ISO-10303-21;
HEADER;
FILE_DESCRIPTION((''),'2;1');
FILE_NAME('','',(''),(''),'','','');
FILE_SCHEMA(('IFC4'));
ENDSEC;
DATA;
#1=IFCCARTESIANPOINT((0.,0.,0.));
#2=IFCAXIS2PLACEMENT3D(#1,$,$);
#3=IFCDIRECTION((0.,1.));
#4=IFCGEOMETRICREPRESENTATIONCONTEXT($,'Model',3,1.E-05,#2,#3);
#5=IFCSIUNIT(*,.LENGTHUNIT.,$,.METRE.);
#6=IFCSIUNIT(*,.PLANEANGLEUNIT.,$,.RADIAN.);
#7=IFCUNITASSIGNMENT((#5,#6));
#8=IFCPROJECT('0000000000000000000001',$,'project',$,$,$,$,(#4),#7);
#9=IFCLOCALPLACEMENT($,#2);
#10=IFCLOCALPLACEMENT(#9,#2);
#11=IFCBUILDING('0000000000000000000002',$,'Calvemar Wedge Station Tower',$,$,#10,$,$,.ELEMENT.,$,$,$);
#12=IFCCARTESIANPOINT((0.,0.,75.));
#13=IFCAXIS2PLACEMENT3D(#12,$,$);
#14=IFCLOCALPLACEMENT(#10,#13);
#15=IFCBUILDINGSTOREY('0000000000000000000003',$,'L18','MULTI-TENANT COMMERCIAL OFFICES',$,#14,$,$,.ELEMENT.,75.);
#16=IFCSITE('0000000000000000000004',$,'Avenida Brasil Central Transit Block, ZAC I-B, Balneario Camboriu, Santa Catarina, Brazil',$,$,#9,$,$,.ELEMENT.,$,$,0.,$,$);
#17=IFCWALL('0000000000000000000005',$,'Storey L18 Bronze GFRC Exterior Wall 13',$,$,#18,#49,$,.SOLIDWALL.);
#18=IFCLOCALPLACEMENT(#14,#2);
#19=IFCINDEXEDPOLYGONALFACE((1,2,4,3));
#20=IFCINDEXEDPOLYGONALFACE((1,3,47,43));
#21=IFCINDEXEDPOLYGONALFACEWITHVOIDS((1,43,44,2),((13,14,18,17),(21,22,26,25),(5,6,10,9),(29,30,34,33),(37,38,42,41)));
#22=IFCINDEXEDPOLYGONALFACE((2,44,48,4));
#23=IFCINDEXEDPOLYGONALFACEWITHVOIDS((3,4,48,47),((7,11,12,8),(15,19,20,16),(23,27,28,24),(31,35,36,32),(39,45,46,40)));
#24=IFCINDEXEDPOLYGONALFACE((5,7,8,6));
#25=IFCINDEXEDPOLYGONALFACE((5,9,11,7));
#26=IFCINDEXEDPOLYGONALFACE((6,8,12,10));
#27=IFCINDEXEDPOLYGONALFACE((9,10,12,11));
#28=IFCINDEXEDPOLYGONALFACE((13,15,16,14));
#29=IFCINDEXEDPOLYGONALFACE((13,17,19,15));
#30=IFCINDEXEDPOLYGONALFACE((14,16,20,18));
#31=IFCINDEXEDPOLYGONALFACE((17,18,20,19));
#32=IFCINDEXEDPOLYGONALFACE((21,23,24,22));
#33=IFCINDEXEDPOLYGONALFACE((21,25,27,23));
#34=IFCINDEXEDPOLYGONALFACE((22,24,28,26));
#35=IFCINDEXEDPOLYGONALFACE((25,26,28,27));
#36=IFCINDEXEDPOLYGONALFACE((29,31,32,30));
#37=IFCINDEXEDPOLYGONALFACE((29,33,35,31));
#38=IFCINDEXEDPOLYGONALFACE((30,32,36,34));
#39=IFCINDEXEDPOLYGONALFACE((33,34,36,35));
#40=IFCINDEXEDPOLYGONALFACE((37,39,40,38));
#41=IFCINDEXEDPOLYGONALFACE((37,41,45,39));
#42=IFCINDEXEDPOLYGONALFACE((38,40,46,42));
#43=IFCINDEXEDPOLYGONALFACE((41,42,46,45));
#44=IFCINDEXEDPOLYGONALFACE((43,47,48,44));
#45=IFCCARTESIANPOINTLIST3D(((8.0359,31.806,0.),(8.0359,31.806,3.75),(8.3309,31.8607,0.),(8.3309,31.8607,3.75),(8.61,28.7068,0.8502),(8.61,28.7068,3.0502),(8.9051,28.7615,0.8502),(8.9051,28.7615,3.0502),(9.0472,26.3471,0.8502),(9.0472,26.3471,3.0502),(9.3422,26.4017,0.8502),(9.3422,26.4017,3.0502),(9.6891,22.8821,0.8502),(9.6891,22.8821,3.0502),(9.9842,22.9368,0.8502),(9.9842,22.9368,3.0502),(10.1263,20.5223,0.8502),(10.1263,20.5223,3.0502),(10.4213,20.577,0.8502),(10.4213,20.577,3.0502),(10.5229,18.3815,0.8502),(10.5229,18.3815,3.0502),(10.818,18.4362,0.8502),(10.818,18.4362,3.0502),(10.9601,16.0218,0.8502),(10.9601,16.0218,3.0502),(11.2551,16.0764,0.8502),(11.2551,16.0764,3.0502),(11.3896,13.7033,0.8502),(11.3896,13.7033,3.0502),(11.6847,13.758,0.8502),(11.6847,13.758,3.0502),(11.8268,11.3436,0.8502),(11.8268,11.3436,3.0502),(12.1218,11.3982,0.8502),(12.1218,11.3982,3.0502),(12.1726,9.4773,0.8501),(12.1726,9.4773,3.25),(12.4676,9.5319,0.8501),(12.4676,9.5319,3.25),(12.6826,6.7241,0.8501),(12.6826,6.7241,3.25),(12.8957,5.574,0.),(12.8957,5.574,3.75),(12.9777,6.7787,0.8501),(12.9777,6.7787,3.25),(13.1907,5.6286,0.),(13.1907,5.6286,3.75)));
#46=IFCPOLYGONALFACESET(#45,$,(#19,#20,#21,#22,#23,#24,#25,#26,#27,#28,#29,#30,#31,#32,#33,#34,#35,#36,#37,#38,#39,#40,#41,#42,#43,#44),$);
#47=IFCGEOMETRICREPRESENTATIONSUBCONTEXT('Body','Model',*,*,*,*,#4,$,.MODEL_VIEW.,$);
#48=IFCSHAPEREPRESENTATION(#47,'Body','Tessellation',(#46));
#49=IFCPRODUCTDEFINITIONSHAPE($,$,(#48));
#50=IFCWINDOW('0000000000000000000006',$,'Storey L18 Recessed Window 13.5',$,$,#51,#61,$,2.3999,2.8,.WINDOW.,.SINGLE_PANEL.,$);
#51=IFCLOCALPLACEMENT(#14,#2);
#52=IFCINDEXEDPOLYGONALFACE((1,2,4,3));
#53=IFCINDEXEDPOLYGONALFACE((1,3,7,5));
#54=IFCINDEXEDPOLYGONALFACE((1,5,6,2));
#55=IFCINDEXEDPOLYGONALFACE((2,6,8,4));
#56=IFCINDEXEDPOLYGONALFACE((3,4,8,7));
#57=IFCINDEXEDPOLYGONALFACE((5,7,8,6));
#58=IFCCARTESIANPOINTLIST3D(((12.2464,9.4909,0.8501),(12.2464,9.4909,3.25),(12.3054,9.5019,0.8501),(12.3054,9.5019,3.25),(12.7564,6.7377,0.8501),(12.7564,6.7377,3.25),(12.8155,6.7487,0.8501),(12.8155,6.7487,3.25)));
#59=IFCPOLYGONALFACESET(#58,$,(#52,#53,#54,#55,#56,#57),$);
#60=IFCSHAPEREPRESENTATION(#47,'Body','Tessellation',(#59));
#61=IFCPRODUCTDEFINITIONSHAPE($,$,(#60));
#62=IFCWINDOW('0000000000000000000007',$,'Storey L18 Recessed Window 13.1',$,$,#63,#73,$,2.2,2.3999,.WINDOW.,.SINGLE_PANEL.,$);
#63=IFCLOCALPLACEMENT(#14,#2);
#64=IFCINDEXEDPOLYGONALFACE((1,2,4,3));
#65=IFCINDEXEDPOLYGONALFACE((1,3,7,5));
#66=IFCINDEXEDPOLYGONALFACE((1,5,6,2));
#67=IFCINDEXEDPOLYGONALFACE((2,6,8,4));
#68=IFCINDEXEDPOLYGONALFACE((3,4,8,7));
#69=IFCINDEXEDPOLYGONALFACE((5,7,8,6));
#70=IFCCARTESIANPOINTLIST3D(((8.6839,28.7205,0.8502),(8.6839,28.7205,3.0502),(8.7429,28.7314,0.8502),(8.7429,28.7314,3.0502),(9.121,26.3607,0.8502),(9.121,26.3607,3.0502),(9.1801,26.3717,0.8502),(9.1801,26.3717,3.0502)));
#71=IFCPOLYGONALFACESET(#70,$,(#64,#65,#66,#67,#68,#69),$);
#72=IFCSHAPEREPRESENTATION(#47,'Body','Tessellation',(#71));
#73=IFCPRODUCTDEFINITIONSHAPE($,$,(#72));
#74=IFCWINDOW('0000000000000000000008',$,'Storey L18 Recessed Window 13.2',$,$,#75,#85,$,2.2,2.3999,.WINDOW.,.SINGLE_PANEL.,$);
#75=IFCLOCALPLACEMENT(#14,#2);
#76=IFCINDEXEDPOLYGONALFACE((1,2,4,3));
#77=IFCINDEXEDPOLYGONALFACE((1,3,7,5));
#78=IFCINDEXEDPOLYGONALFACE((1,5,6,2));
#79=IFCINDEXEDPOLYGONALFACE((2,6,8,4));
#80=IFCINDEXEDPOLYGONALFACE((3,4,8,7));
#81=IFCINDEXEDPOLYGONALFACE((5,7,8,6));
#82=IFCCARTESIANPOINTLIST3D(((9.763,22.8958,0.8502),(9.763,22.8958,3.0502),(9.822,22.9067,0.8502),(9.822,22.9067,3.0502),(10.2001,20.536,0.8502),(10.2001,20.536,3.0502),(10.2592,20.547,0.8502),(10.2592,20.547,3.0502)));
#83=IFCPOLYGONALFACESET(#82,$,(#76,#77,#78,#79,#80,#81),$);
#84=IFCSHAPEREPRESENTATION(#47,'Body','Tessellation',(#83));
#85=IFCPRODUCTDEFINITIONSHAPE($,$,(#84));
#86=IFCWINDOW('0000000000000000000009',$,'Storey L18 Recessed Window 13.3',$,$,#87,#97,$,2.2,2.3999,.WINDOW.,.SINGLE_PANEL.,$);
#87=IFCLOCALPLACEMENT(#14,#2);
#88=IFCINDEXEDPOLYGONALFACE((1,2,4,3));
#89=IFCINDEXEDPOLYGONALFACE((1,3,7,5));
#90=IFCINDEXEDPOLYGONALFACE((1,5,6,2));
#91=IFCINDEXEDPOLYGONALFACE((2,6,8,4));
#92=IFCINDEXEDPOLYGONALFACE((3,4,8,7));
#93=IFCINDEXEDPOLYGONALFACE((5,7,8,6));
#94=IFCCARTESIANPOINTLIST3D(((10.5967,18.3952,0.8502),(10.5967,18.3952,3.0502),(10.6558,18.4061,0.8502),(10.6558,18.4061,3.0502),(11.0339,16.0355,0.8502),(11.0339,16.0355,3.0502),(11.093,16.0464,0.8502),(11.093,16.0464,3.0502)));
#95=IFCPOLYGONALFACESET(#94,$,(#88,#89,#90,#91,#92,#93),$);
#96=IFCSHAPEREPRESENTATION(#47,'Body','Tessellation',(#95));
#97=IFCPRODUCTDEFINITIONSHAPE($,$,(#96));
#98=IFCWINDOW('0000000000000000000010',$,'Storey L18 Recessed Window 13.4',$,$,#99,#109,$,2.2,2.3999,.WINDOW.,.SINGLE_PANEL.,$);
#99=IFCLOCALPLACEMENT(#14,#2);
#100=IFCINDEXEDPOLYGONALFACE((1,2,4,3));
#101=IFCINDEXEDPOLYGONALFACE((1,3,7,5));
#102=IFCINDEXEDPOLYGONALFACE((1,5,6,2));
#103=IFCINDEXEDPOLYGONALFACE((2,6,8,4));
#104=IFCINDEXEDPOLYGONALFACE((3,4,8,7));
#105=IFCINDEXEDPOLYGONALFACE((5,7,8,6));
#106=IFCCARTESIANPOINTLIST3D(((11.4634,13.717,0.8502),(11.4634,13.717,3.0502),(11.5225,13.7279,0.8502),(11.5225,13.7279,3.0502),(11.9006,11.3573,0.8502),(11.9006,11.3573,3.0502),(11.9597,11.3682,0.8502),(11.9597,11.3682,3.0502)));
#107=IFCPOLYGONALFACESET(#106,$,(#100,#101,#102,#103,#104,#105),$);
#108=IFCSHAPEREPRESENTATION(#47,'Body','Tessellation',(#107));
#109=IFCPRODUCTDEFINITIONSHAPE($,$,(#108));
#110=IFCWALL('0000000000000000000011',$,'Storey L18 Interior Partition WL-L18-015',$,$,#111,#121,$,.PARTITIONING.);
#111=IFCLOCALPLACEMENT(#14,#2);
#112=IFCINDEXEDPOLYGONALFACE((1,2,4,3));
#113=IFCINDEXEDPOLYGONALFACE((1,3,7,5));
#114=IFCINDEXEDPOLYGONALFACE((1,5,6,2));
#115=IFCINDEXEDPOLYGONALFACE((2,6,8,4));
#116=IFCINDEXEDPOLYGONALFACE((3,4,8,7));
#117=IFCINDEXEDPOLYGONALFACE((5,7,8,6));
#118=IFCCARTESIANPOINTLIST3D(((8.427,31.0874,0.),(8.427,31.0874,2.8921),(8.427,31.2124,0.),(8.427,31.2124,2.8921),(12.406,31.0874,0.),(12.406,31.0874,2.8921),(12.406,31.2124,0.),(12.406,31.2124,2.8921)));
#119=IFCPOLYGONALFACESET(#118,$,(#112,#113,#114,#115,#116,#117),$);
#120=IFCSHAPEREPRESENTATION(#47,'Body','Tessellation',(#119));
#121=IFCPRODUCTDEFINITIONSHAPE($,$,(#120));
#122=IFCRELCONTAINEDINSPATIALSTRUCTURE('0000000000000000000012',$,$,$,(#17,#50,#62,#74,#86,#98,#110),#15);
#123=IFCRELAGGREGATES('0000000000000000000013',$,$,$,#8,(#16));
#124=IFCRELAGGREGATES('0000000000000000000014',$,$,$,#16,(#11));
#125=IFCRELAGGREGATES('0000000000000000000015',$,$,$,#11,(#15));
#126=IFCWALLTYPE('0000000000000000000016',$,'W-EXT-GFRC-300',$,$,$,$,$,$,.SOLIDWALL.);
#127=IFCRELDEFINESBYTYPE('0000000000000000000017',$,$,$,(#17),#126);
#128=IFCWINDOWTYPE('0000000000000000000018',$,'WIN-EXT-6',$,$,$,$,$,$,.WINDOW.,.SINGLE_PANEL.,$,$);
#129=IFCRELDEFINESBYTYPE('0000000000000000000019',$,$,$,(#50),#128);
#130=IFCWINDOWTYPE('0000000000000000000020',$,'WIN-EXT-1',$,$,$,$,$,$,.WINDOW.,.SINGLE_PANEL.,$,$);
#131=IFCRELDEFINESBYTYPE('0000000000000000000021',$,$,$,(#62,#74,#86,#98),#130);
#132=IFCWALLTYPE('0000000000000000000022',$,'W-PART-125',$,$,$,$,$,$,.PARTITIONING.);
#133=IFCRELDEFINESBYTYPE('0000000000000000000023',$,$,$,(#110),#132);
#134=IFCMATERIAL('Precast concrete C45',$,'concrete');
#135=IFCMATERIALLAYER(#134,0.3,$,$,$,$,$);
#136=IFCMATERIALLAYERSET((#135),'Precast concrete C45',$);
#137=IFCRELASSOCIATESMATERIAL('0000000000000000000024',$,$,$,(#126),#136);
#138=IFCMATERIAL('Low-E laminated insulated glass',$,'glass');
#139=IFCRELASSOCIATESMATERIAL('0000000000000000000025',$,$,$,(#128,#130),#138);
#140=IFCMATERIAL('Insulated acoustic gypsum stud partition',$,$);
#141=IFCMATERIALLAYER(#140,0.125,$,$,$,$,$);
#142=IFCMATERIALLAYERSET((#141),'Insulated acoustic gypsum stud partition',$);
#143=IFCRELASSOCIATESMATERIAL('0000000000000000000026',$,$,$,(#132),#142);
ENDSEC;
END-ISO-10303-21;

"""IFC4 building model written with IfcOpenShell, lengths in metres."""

from ifc_helpers import new_model, si_unit, direction, frame, frame_2d, origin, place, context, subcontext, project, spatial, rectangle, extrude, source, transform, mapped, material, layer, layer_set, type_object, element, fill, save


model = new_model("IFC4")

# Units and contexts
model_context = context("Model", 3, precision=1e-05, world=origin(), true_north=direction((0.0, 1.0)))
body_context = subcontext(model_context, "Body", "Model", "MODEL_VIEW")
ifc_project = project(units=[si_unit("LENGTHUNIT", "METRE"), si_unit("PLANEANGLEUNIT", "RADIAN")], contexts=[model_context])

# Site, building, storey
site_placement = place(None, origin())
site = spatial("IfcSite", under=ifc_project, at=site_placement, Name="Avenida Brasil Central Transit Block, ZAC I-B, Balneario Camboriu, Santa Catarina, Brazil", CompositionType="ELEMENT", RefElevation=0.0)
building_placement = place(site_placement, origin())
building = spatial("IfcBuilding", under=site, at=building_placement, Name="Calvemar Wedge Station Tower", CompositionType="ELEMENT")
storey_placement = place(building_placement, frame((0.0, 0.0, 75.0)))
storey = spatial("IfcBuildingStorey", under=building, at=storey_placement, Name="L18", Description="MULTI-TENANT COMMERCIAL OFFICES", CompositionType="ELEMENT", Elevation=75.0)

# Wall, openings, windows
ifc_material_1 = material(Name="Precast concrete C45", Category="concrete")
ifc_layer_1 = layer(ifc_material_1, 0.3)
ifc_layer_set_1 = layer_set([ifc_layer_1], Name="Precast concrete C45")
wall_type_1 = type_object("IfcWallType", Name="W-EXT-GFRC-300", PredefinedType="SOLIDWALL", material=ifc_layer_set_1)
wall_1_placement = place(storey_placement, frame((8.1833, 31.8335, 0.0), z_axis=(0.0, 0.0, 1.0), x_axis=(0.182164, -0.983268, 0.0)))
wall_1 = element("IfcWall", 1, at=wall_1_placement, inside=storey, type_object=wall_type_1, Name="Storey L18 Bronze GFRC Exterior Wall 13", PredefinedType="SOLIDWALL", context=body_context, shape_type="SweptSolid", body=[
    extrude(rectangle(XDim=26.6785, YDim=0.3, at=frame_2d((13.3394, 0.0))), origin(), (0.0, 0.0, 1.0), 3.75),
])
shared_shape_1 = source(origin(), body_context, "Body", "SweptSolid", [
    extrude(rectangle(XDim=2.3999, YDim=2.2, at=frame_2d((1.2, 1.1001))), frame((0.0, 0.1602, 0.0), z_axis=(0.0, -1.0, 0.0), x_axis=(1.0, 0.0, 0.0)), (0.0, 0.0, 1.0), 0.3201),
])
opening_1_placement = place(wall_1_placement, frame((3.1521, 0.0, 0.8501)))
opening_1 = element("IfcOpeningElement", 2, at=opening_1_placement, cuts=wall_1, PredefinedType="OPENING", context=body_context, shape_type="MappedRepresentation", body=[
    mapped(shared_shape_1, transform((0.0, 0.0, 0.0), scale=1.0)),
])
opening_2_placement = place(wall_1_placement, frame((9.0759, 0.0, 0.8501)))
opening_2 = element("IfcOpeningElement", 3, at=opening_2_placement, cuts=wall_1, PredefinedType="OPENING", context=body_context, shape_type="MappedRepresentation", body=[
    mapped(shared_shape_1, transform((0.0, 0.0, 0.0), scale=1.0)),
])
opening_3_placement = place(wall_1_placement, frame((13.6531, 0.0, 0.8501)))
opening_3 = element("IfcOpeningElement", 4, at=opening_3_placement, cuts=wall_1, PredefinedType="OPENING", context=body_context, shape_type="MappedRepresentation", body=[
    mapped(shared_shape_1, transform((0.0, 0.0, 0.0), scale=1.0)),
])
opening_4_placement = place(wall_1_placement, frame((18.4109, 0.0, 0.8501)))
opening_4 = element("IfcOpeningElement", 5, at=opening_4_placement, cuts=wall_1, PredefinedType="OPENING", context=body_context, shape_type="MappedRepresentation", body=[
    mapped(shared_shape_1, transform((0.0, 0.0, 0.0), scale=1.0)),
])
shared_shape_2 = source(origin(), body_context, "Body", "SweptSolid", [
    extrude(rectangle(XDim=2.8, YDim=2.3999, at=frame_2d((1.3999, 1.2))), frame((0.0, 0.1602, 0.0), z_axis=(0.0, -1.0, 0.0), x_axis=(1.0, 0.0, 0.0)), (0.0, 0.0, 1.0), 0.3201),
])
opening_5_placement = place(wall_1_placement, frame((22.709, 0.0, 0.8501)))
opening_5 = element("IfcOpeningElement", 6, at=opening_5_placement, cuts=wall_1, PredefinedType="OPENING", context=body_context, shape_type="MappedRepresentation", body=[
    mapped(shared_shape_2, transform((0.0, 0.0, 0.0), scale=1.0)),
])
ifc_material_2 = material(Name="Low-E laminated insulated glass", Category="glass")
window_type_1 = type_object("IfcWindowType", Name="WIN-EXT-6", PartitioningType="SINGLE_PANEL", PredefinedType="WINDOW", material=ifc_material_2)
shared_shape_3 = source(origin(), body_context, "Body", "SweptSolid", [
    extrude(rectangle(XDim=2.8, YDim=2.3999, at=frame_2d((1.3999, 1.2))), frame((0.0, -0.0149, 0.0), z_axis=(0.0, -1.0, 0.0), x_axis=(1.0, 0.0, 0.0)), (0.0, 0.0, 1.0), 0.0601),
])
window_1_placement = place(opening_5_placement, origin())
window_1 = element("IfcWindow", 7, at=window_1_placement, inside=storey, type_object=window_type_1, Name="Storey L18 Recessed Window 13.5", OverallHeight=2.3999, OverallWidth=2.8, PartitioningType="SINGLE_PANEL", PredefinedType="WINDOW", context=body_context, shape_type="MappedRepresentation", body=[
    mapped(shared_shape_3, transform((0.0, 0.0, 0.0), scale=1.0)),
])
fill(opening_5, window_1)
window_type_2 = type_object("IfcWindowType", Name="WIN-EXT-1", PartitioningType="SINGLE_PANEL", PredefinedType="WINDOW", material=ifc_material_2)
shared_shape_4 = source(origin(), body_context, "Body", "SweptSolid", [
    extrude(rectangle(XDim=2.3999, YDim=2.2, at=frame_2d((1.2, 1.1001))), frame((0.0, -0.0149, 0.0), z_axis=(0.0, -1.0, 0.0), x_axis=(1.0, 0.0, 0.0)), (0.0, 0.0, 1.0), 0.0601),
])
window_2_placement = place(opening_1_placement, origin())
window_2 = element("IfcWindow", 8, at=window_2_placement, inside=storey, type_object=window_type_2, Name="Storey L18 Recessed Window 13.1", OverallHeight=2.2, OverallWidth=2.3999, PartitioningType="SINGLE_PANEL", PredefinedType="WINDOW", context=body_context, shape_type="MappedRepresentation", body=[
    mapped(shared_shape_4, transform((0.0, 0.0, 0.0), scale=1.0)),
])
fill(opening_1, window_2)
window_3_placement = place(opening_2_placement, origin())
window_3 = element("IfcWindow", 9, at=window_3_placement, inside=storey, type_object=window_type_2, Name="Storey L18 Recessed Window 13.2", OverallHeight=2.2, OverallWidth=2.3999, PartitioningType="SINGLE_PANEL", PredefinedType="WINDOW", context=body_context, shape_type="MappedRepresentation", body=[
    mapped(shared_shape_4, transform((0.0, 0.0, 0.0), scale=1.0)),
])
fill(opening_2, window_3)
window_4_placement = place(opening_3_placement, origin())
window_4 = element("IfcWindow", 10, at=window_4_placement, inside=storey, type_object=window_type_2, Name="Storey L18 Recessed Window 13.3", OverallHeight=2.2, OverallWidth=2.3999, PartitioningType="SINGLE_PANEL", PredefinedType="WINDOW", context=body_context, shape_type="MappedRepresentation", body=[
    mapped(shared_shape_4, transform((0.0, 0.0, 0.0), scale=1.0)),
])
fill(opening_3, window_4)
window_5_placement = place(opening_4_placement, origin())
window_5 = element("IfcWindow", 11, at=window_5_placement, inside=storey, type_object=window_type_2, Name="Storey L18 Recessed Window 13.4", OverallHeight=2.2, OverallWidth=2.3999, PartitioningType="SINGLE_PANEL", PredefinedType="WINDOW", context=body_context, shape_type="MappedRepresentation", body=[
    mapped(shared_shape_4, transform((0.0, 0.0, 0.0), scale=1.0)),
])
fill(opening_4, window_5)

# Wall
ifc_material_3 = material(Name="Insulated acoustic gypsum stud partition")
ifc_layer_2 = layer(ifc_material_3, 0.125)
ifc_layer_set_2 = layer_set([ifc_layer_2], Name="Insulated acoustic gypsum stud partition")
wall_type_2 = type_object("IfcWallType", Name="W-PART-125", PredefinedType="PARTITIONING", material=ifc_layer_set_2)
wall_2_placement = place(storey_placement, frame((12.406, 31.1499, 0.0), z_axis=(0.0, 0.0, 1.0), x_axis=(-1.0, 0.0, 0.0)))
element("IfcWall", 12, at=wall_2_placement, inside=storey, type_object=wall_type_2, Name="Storey L18 Interior Partition WL-L18-015", PredefinedType="PARTITIONING", context=body_context, shape_type="SweptSolid", body=[
    extrude(rectangle(XDim=3.979, YDim=0.125, at=frame_2d((1.9895, 0.0))), origin(), (0.0, 0.0, 1.0), 2.8921),
])

save(model, "model.ifc")
